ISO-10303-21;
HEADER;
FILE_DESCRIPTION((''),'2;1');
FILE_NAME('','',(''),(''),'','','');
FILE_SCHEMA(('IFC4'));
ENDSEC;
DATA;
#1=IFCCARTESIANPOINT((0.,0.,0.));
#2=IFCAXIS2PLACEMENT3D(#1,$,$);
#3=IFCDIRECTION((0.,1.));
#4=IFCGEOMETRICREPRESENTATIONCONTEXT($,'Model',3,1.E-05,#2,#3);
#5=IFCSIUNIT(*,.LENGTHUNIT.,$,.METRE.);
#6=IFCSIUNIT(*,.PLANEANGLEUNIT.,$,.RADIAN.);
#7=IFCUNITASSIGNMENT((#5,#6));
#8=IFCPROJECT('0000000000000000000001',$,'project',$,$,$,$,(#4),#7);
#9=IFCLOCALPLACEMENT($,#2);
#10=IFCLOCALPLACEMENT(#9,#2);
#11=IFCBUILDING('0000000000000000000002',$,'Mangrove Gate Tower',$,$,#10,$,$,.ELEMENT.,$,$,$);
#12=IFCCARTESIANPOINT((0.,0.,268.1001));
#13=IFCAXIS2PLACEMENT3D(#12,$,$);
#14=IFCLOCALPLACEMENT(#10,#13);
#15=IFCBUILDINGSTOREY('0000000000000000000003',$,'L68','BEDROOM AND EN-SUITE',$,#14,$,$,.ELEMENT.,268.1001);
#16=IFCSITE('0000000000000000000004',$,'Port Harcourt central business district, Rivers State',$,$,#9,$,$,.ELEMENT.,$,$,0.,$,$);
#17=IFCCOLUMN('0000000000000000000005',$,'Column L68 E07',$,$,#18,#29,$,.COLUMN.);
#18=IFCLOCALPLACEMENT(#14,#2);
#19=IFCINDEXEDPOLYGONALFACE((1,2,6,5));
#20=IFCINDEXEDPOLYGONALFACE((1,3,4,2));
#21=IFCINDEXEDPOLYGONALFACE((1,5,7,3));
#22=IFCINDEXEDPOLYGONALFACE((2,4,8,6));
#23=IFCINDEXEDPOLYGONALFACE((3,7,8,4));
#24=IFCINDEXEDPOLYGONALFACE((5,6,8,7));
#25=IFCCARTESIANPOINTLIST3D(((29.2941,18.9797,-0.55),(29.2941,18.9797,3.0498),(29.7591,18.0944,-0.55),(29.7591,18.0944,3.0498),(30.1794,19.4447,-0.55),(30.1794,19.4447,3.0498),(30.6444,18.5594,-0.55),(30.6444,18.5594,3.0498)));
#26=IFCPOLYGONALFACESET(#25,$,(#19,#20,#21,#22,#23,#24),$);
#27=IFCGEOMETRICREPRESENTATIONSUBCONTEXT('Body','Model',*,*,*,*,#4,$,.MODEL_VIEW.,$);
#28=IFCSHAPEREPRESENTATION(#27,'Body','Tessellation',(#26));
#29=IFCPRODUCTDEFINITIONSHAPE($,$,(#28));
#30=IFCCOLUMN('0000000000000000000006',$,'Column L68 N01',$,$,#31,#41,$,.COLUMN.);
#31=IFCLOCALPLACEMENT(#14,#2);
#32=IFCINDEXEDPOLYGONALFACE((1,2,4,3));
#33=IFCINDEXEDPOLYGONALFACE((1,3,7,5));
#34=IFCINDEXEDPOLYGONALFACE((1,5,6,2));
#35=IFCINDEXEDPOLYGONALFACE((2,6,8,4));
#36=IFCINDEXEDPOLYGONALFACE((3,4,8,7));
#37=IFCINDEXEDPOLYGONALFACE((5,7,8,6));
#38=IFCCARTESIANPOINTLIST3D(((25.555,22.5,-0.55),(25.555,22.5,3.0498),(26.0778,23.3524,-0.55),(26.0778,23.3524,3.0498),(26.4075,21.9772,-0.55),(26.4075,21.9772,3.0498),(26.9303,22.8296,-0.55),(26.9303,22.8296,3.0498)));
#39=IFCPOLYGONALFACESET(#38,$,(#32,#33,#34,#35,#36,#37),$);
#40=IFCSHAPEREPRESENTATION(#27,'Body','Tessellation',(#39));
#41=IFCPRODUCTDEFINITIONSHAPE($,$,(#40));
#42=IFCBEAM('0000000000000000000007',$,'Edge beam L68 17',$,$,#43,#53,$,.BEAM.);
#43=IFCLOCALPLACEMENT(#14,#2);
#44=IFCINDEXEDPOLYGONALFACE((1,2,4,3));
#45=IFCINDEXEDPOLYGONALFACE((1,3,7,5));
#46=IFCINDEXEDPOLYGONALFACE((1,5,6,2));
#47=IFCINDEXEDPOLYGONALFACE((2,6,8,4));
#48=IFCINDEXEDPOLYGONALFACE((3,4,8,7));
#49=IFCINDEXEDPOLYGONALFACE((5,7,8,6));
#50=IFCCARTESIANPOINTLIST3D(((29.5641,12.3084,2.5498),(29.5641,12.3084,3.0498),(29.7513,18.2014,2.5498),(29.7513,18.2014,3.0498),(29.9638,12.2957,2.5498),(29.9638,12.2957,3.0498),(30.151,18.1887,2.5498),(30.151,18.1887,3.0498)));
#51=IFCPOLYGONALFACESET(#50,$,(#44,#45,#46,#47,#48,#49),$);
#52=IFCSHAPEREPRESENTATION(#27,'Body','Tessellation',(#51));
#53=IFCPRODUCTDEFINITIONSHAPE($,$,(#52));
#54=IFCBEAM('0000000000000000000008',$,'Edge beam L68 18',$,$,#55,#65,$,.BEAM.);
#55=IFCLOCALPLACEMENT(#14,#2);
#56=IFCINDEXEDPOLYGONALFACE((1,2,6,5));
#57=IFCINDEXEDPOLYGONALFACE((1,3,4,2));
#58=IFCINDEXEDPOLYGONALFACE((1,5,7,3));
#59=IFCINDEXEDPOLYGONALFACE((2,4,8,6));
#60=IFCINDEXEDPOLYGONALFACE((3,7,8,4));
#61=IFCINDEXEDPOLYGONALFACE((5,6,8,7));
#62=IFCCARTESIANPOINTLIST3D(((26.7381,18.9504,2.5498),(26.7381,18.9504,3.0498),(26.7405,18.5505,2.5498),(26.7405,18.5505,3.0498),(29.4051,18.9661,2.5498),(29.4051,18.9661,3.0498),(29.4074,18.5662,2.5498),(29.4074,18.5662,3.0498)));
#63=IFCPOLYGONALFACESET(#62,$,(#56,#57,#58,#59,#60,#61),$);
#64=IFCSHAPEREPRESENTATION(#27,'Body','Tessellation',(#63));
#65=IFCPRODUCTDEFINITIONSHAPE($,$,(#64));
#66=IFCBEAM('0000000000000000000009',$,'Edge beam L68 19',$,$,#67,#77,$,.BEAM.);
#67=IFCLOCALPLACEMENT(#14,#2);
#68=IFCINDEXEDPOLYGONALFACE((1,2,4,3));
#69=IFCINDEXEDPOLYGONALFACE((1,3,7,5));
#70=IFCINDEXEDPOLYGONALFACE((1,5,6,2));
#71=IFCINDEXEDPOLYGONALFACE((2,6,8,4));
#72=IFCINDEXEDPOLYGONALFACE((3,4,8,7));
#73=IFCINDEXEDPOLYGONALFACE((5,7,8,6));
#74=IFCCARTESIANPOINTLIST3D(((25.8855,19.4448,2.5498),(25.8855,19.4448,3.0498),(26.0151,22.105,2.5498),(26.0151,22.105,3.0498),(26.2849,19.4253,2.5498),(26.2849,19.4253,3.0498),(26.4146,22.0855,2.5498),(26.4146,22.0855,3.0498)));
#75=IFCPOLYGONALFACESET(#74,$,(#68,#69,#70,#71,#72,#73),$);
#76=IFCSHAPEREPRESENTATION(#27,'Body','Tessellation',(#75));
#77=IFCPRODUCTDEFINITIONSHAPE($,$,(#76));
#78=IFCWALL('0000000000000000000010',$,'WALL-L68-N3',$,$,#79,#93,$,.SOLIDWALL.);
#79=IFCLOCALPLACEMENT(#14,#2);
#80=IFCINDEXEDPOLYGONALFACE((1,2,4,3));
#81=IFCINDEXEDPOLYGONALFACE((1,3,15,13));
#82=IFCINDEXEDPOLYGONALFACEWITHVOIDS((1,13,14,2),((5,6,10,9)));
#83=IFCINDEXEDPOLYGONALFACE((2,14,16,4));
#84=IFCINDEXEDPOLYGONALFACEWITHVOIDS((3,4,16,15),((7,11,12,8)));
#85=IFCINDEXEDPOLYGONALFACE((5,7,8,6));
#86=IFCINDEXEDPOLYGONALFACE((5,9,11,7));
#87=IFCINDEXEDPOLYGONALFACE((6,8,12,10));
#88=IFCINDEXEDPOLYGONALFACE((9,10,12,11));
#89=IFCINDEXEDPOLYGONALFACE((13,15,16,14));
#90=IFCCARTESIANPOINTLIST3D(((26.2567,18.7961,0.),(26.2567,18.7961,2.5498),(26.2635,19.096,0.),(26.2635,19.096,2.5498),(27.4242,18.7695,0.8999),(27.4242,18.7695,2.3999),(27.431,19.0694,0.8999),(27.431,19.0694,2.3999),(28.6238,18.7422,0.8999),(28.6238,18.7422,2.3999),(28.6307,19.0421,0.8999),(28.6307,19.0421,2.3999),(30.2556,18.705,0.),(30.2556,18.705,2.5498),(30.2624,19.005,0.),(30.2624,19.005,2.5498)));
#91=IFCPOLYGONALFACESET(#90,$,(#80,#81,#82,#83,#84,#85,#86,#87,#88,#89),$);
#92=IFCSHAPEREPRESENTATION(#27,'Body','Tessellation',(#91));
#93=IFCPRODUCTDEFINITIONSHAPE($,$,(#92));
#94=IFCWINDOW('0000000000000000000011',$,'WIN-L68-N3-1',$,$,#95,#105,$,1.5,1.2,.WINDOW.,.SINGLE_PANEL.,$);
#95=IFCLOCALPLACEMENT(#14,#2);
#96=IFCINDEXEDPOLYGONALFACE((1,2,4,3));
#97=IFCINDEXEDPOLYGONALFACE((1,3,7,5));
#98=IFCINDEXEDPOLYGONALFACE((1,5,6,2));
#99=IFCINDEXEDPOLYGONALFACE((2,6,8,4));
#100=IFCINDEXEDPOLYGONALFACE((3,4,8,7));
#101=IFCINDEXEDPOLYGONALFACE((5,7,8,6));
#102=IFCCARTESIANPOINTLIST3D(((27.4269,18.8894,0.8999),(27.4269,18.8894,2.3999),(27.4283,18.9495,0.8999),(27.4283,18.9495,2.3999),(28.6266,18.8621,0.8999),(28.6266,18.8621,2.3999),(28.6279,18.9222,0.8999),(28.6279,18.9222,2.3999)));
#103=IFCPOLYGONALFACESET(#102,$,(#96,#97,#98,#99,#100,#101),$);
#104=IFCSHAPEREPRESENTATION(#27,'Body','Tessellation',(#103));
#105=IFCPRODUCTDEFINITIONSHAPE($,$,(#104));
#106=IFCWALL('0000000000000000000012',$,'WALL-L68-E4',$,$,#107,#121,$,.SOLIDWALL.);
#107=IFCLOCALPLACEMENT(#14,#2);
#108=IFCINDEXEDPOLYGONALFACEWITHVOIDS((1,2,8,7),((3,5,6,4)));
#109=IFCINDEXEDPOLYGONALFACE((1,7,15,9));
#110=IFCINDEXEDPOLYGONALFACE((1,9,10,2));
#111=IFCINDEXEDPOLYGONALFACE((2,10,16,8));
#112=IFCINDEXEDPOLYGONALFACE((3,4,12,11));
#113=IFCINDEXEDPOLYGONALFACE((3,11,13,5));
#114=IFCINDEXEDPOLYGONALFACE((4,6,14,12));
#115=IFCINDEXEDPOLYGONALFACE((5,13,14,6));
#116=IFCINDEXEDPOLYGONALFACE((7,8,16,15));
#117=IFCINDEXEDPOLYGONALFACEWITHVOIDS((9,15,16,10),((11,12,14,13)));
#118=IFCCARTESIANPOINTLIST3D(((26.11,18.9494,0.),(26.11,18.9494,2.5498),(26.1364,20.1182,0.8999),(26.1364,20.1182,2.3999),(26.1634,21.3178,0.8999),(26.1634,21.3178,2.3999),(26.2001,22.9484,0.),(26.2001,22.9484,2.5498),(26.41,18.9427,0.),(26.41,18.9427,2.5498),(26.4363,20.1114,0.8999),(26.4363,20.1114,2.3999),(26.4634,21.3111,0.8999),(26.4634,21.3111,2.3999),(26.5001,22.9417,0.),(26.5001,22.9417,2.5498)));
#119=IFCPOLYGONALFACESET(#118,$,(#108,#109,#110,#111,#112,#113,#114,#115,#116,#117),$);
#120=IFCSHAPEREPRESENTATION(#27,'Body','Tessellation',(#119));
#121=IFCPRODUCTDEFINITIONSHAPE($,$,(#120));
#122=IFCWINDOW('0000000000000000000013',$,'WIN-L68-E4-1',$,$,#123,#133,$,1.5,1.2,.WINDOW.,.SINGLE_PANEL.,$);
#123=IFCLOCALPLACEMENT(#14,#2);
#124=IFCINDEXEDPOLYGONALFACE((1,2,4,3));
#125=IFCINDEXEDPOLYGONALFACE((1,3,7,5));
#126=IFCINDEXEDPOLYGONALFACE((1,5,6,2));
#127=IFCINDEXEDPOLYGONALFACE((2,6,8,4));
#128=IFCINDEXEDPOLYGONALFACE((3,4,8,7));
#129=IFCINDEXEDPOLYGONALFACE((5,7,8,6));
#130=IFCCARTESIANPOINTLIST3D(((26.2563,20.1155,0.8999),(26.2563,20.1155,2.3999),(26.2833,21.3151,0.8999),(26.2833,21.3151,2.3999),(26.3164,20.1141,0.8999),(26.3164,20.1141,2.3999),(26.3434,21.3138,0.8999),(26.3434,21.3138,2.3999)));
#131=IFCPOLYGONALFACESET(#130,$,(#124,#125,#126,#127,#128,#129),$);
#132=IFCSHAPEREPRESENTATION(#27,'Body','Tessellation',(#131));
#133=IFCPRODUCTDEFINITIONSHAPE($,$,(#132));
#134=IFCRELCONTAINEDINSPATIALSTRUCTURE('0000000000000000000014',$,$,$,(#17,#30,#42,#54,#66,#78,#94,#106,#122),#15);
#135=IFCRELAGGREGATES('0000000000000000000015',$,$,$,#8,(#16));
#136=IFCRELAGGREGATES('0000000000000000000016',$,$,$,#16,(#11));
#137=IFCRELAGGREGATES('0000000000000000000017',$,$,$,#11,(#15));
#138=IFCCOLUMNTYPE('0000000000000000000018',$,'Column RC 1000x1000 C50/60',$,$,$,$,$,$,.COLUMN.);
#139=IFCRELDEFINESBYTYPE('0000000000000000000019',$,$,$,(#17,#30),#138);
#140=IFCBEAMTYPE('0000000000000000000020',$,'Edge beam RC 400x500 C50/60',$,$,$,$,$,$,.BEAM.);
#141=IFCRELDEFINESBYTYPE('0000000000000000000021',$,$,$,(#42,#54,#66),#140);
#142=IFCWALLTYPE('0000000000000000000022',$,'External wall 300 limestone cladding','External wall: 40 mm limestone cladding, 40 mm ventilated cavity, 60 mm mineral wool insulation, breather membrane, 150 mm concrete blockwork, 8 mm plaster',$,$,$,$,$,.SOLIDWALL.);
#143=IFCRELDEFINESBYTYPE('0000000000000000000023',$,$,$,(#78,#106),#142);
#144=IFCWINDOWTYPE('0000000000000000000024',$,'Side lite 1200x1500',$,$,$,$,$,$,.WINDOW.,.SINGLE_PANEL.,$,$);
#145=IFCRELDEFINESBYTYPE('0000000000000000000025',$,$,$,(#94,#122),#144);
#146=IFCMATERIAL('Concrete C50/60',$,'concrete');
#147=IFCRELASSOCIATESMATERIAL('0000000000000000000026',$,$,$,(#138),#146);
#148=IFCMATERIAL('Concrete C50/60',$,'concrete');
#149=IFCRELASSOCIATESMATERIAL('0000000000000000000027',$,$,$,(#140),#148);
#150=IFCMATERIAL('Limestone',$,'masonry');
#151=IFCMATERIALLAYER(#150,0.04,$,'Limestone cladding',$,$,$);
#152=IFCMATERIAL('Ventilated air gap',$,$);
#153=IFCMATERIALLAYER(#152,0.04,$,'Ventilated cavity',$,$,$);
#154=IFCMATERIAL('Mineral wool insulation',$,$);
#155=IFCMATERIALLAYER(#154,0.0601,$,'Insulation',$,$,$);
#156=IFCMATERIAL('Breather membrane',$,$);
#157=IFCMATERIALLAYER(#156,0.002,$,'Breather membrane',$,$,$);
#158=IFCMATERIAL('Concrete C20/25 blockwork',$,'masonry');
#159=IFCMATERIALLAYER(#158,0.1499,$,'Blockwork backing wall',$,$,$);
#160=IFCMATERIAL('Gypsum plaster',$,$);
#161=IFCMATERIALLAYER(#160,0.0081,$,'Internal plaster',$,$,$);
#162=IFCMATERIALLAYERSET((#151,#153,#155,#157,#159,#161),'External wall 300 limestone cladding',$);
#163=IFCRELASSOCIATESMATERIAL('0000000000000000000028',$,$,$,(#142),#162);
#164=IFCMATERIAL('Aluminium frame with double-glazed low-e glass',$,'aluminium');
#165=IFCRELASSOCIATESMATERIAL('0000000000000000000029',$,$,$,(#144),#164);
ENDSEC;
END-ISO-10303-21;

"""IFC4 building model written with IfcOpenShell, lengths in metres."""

from ifc_helpers import new_model, si_unit, direction, frame, frame_2d, origin, origin_2d, place, context, subcontext, project, spatial, rectangle, extrude, material, layer, layer_set, material_profile, profile_set, type_object, element, fill, save


model = new_model("IFC4")

# Units and contexts
model_context = context("Model", 3, precision=1e-05, world=origin(), true_north=direction((0.0, 1.0)))
body_context = subcontext(model_context, "Body", "Model", "MODEL_VIEW")
ifc_project = project(units=[si_unit("LENGTHUNIT", "METRE"), si_unit("PLANEANGLEUNIT", "RADIAN")], contexts=[model_context])

# Site, building, storey
site_placement = place(None, origin())
site = spatial("IfcSite", under=ifc_project, at=site_placement, Name="Port Harcourt central business district, Rivers State", CompositionType="ELEMENT", RefElevation=0.0)
building_placement = place(site_placement, origin())
building = spatial("IfcBuilding", under=site, at=building_placement, Name="Mangrove Gate Tower", CompositionType="ELEMENT")
storey_placement = place(building_placement, frame((0.0, 0.0, 268.1001)))
storey = spatial("IfcBuildingStorey", under=building, at=storey_placement, Name="L68", Description="BEDROOM AND EN-SUITE", CompositionType="ELEMENT", Elevation=268.1001)

# Columns
ifc_material_1 = material(Name="Concrete C50/60", Category="concrete")
ifc_material_profile_1 = material_profile(ifc_material_1, rectangle(XDim=1.0, YDim=1.0, at=origin_2d()))
ifc_profile_set_1 = profile_set([ifc_material_profile_1], Name="Concrete C50/60")
column_type = type_object("IfcColumnType", Name="Column RC 1000x1000 C50/60", PredefinedType="COLUMN", material=ifc_profile_set_1)
for number, where, z_axis, x_axis, name in (
    (1, (29.9692, 18.7695, -0.55), (0.0, 0.0, 1.0), (-0.465022, 0.885299, 0.0), "Column L68 E07"),
    (2, (26.2427, 22.6648, -0.55), (0.0, 0.0, 1.0), (-0.852457, 0.522798, 0.0), "Column L68 N01"),
):
    element("IfcColumn", number, at=place(storey_placement, frame(where, z_axis=z_axis, x_axis=x_axis)), inside=storey, type_object=column_type, Name=name, PredefinedType="COLUMN", context=body_context, shape_type="SweptSolid", body=[
        extrude(rectangle(XDim=1.0, YDim=1.0, at=origin_2d()), origin(), (0.0, 0.0, 1.0), 3.5999),
    ])

# Beams
ifc_material_2 = material(Name="Concrete C50/60", Category="concrete")
ifc_material_profile_2 = material_profile(ifc_material_2, rectangle(XDim=0.3999, YDim=0.5, at=origin_2d()))
ifc_profile_set_2 = profile_set([ifc_material_profile_2], Name="Concrete C50/60")
beam_type = type_object("IfcBeamType", Name="Edge beam RC 400x500 C50/60", PredefinedType="BEAM", material=ifc_profile_set_2)
beam_1_placement = place(storey_placement, frame((29.7639, 12.302, 2.7998), z_axis=(0.03176, 0.999496, 0.0), x_axis=(-0.999496, 0.03176, 0.0)))
element("IfcBeam", 3, at=beam_1_placement, inside=storey, type_object=beam_type, Name="Edge beam L68 17", PredefinedType="BEAM", context=body_context, shape_type="SweptSolid", body=[
    extrude(rectangle(XDim=0.3999, YDim=0.5, at=origin_2d()), origin(), (0.0, 0.0, 1.0), 5.896),
])
beam_2_placement = place(storey_placement, frame((29.4062, 18.7661, 2.7998), z_axis=(-0.999983, -0.005859, 0.0), x_axis=(0.005859, -0.999983, 0.0)))
element("IfcBeam", 4, at=beam_2_placement, inside=storey, type_object=beam_type, Name="Edge beam L68 18", PredefinedType="BEAM", context=body_context, shape_type="SweptSolid", body=[
    extrude(rectangle(XDim=0.3999, YDim=0.5, at=origin_2d()), origin(), (0.0, 0.0, 1.0), 2.667),
])
beam_3_placement = place(storey_placement, frame((26.0852, 19.4351, 2.7998), z_axis=(0.048676, 0.998815, 0.0), x_axis=(-0.998815, 0.048676, 0.0)))
element("IfcBeam", 5, at=beam_3_placement, inside=storey, type_object=beam_type, Name="Edge beam L68 19", PredefinedType="BEAM", context=body_context, shape_type="SweptSolid", body=[
    extrude(rectangle(XDim=0.3999, YDim=0.5, at=origin_2d()), origin(), (0.0, 0.0, 1.0), 2.6633),
])

# Walls, openings, windows
ifc_material_3 = material(Name="Limestone", Category="masonry")
ifc_layer_1 = layer(ifc_material_3, 0.04, Name="Limestone cladding")
ifc_material_4 = material(Name="Ventilated air gap")
ifc_layer_2 = layer(ifc_material_4, 0.04, Name="Ventilated cavity")
ifc_material_5 = material(Name="Mineral wool insulation")
ifc_layer_3 = layer(ifc_material_5, 0.0601, Name="Insulation")
ifc_material_6 = material(Name="Breather membrane")
ifc_layer_4 = layer(ifc_material_6, 0.002, Name="Breather membrane")
ifc_material_7 = material(Name="Concrete C20/25 blockwork", Category="masonry")
ifc_layer_5 = layer(ifc_material_7, 0.1499, Name="Blockwork backing wall")
ifc_material_8 = material(Name="Gypsum plaster")
ifc_layer_6 = layer(ifc_material_8, 0.0081, Name="Internal plaster")
ifc_layer_set = layer_set([ifc_layer_1, ifc_layer_2, ifc_layer_3, ifc_layer_4, ifc_layer_5, ifc_layer_6], Name="External wall 300 limestone cladding")
wall_type = type_object("IfcWallType", Name="External wall 300 limestone cladding", Description="External wall: 40 mm limestone cladding, 40 mm ventilated cavity, 60 mm mineral wool insulation, breather membrane, 150 mm concrete blockwork, 8 mm plaster", PredefinedType="SOLIDWALL", material=ifc_layer_set)
wall_1_placement = place(storey_placement, frame((30.259, 18.855, 0.0), z_axis=(0.0, 0.0, 1.0), x_axis=(-0.999741, 0.022766, 0.0)))
wall_1 = element("IfcWall", 6, at=wall_1_placement, inside=storey, type_object=wall_type, Name="WALL-L68-N3", PredefinedType="SOLIDWALL", context=body_context, shape_type="SweptSolid", body=[
    extrude(rectangle(XDim=4.0, YDim=0.3, at=frame_2d((2.0, 0.0))), origin(), (0.0, 0.0, 1.0), 2.5498),
])
opening_1_placement = place(wall_1_placement, frame((1.6321, 0.0, 0.8999)))
opening_1 = element("IfcOpeningElement", 7, at=opening_1_placement, cuts=wall_1, PredefinedType="OPENING", context=body_context, shape_type="SweptSolid", body=[
    extrude(rectangle(XDim=1.2, YDim=1.5, at=frame_2d((0.6001, 0.75))), frame((0.0, 0.1599, 0.0), z_axis=(0.0, -1.0, 0.0), x_axis=(1.0, 0.0, 0.0)), (0.0, 0.0, 1.0), 0.3201),
])
ifc_material_9 = material(Name="Aluminium frame with double-glazed low-e glass", Category="aluminium")
window_type_1 = type_object("IfcWindowType", Name="Side lite 1200x1500", PartitioningType="SINGLE_PANEL", PredefinedType="WINDOW", material=ifc_material_9)
window_1_placement = place(opening_1_placement, origin())
window_1 = element("IfcWindow", 8, at=window_1_placement, inside=storey, type_object=window_type_1, Name="WIN-L68-N3-1", OverallHeight=1.5, OverallWidth=1.2, PartitioningType="SINGLE_PANEL", PredefinedType="WINDOW", context=body_context, shape_type="SweptSolid", body=[
    extrude(rectangle(XDim=1.2, YDim=1.5, at=frame_2d((0.6001, 0.75))), frame((0.0, 0.03, 0.0), z_axis=(0.0, -1.0, 0.0), x_axis=(1.0, 0.0, 0.0)), (0.0, 0.0, 1.0), 0.0601),
])
fill(opening_1, window_1)
wall_2_placement = place(storey_placement, frame((26.26, 18.946, 0.0), z_axis=(0.0, 0.0, 1.0), x_axis=(0.022522, 0.999746, 0.0)))
wall_2 = element("IfcWall", 9, at=wall_2_placement, inside=storey, type_object=wall_type, Name="WALL-L68-E4", PredefinedType="SOLIDWALL", context=body_context, shape_type="SweptSolid", body=[
    extrude(rectangle(XDim=4.0, YDim=0.3, at=frame_2d((2.0, 0.0))), origin(), (0.0, 0.0, 1.0), 2.5498),
])
opening_2_placement = place(wall_2_placement, frame((1.1689, 0.0, 0.8999)))
opening_2 = element("IfcOpeningElement", 10, at=opening_2_placement, cuts=wall_2, PredefinedType="OPENING", context=body_context, shape_type="SweptSolid", body=[
    extrude(rectangle(XDim=1.2, YDim=1.5, at=frame_2d((0.6001, 0.75))), frame((0.0, 0.1599, 0.0), z_axis=(0.0, -1.0, 0.0), x_axis=(1.0, 0.0, 0.0)), (0.0, 0.0, 1.0), 0.3201),
])
window_2_placement = place(opening_2_placement, origin())
window_2 = element("IfcWindow", 11, at=window_2_placement, inside=storey, type_object=window_type_1, Name="WIN-L68-E4-1", OverallHeight=1.5, OverallWidth=1.2, PartitioningType="SINGLE_PANEL", PredefinedType="WINDOW", context=body_context, shape_type="SweptSolid", body=[
    extrude(rectangle(XDim=1.2, YDim=1.5, at=frame_2d((0.6001, 0.75))), frame((0.0, 0.03, 0.0), z_axis=(0.0, -1.0, 0.0), x_axis=(1.0, 0.0, 0.0)), (0.0, 0.0, 1.0), 0.0601),
])
fill(opening_2, window_2)

save(model, "model.ifc")
